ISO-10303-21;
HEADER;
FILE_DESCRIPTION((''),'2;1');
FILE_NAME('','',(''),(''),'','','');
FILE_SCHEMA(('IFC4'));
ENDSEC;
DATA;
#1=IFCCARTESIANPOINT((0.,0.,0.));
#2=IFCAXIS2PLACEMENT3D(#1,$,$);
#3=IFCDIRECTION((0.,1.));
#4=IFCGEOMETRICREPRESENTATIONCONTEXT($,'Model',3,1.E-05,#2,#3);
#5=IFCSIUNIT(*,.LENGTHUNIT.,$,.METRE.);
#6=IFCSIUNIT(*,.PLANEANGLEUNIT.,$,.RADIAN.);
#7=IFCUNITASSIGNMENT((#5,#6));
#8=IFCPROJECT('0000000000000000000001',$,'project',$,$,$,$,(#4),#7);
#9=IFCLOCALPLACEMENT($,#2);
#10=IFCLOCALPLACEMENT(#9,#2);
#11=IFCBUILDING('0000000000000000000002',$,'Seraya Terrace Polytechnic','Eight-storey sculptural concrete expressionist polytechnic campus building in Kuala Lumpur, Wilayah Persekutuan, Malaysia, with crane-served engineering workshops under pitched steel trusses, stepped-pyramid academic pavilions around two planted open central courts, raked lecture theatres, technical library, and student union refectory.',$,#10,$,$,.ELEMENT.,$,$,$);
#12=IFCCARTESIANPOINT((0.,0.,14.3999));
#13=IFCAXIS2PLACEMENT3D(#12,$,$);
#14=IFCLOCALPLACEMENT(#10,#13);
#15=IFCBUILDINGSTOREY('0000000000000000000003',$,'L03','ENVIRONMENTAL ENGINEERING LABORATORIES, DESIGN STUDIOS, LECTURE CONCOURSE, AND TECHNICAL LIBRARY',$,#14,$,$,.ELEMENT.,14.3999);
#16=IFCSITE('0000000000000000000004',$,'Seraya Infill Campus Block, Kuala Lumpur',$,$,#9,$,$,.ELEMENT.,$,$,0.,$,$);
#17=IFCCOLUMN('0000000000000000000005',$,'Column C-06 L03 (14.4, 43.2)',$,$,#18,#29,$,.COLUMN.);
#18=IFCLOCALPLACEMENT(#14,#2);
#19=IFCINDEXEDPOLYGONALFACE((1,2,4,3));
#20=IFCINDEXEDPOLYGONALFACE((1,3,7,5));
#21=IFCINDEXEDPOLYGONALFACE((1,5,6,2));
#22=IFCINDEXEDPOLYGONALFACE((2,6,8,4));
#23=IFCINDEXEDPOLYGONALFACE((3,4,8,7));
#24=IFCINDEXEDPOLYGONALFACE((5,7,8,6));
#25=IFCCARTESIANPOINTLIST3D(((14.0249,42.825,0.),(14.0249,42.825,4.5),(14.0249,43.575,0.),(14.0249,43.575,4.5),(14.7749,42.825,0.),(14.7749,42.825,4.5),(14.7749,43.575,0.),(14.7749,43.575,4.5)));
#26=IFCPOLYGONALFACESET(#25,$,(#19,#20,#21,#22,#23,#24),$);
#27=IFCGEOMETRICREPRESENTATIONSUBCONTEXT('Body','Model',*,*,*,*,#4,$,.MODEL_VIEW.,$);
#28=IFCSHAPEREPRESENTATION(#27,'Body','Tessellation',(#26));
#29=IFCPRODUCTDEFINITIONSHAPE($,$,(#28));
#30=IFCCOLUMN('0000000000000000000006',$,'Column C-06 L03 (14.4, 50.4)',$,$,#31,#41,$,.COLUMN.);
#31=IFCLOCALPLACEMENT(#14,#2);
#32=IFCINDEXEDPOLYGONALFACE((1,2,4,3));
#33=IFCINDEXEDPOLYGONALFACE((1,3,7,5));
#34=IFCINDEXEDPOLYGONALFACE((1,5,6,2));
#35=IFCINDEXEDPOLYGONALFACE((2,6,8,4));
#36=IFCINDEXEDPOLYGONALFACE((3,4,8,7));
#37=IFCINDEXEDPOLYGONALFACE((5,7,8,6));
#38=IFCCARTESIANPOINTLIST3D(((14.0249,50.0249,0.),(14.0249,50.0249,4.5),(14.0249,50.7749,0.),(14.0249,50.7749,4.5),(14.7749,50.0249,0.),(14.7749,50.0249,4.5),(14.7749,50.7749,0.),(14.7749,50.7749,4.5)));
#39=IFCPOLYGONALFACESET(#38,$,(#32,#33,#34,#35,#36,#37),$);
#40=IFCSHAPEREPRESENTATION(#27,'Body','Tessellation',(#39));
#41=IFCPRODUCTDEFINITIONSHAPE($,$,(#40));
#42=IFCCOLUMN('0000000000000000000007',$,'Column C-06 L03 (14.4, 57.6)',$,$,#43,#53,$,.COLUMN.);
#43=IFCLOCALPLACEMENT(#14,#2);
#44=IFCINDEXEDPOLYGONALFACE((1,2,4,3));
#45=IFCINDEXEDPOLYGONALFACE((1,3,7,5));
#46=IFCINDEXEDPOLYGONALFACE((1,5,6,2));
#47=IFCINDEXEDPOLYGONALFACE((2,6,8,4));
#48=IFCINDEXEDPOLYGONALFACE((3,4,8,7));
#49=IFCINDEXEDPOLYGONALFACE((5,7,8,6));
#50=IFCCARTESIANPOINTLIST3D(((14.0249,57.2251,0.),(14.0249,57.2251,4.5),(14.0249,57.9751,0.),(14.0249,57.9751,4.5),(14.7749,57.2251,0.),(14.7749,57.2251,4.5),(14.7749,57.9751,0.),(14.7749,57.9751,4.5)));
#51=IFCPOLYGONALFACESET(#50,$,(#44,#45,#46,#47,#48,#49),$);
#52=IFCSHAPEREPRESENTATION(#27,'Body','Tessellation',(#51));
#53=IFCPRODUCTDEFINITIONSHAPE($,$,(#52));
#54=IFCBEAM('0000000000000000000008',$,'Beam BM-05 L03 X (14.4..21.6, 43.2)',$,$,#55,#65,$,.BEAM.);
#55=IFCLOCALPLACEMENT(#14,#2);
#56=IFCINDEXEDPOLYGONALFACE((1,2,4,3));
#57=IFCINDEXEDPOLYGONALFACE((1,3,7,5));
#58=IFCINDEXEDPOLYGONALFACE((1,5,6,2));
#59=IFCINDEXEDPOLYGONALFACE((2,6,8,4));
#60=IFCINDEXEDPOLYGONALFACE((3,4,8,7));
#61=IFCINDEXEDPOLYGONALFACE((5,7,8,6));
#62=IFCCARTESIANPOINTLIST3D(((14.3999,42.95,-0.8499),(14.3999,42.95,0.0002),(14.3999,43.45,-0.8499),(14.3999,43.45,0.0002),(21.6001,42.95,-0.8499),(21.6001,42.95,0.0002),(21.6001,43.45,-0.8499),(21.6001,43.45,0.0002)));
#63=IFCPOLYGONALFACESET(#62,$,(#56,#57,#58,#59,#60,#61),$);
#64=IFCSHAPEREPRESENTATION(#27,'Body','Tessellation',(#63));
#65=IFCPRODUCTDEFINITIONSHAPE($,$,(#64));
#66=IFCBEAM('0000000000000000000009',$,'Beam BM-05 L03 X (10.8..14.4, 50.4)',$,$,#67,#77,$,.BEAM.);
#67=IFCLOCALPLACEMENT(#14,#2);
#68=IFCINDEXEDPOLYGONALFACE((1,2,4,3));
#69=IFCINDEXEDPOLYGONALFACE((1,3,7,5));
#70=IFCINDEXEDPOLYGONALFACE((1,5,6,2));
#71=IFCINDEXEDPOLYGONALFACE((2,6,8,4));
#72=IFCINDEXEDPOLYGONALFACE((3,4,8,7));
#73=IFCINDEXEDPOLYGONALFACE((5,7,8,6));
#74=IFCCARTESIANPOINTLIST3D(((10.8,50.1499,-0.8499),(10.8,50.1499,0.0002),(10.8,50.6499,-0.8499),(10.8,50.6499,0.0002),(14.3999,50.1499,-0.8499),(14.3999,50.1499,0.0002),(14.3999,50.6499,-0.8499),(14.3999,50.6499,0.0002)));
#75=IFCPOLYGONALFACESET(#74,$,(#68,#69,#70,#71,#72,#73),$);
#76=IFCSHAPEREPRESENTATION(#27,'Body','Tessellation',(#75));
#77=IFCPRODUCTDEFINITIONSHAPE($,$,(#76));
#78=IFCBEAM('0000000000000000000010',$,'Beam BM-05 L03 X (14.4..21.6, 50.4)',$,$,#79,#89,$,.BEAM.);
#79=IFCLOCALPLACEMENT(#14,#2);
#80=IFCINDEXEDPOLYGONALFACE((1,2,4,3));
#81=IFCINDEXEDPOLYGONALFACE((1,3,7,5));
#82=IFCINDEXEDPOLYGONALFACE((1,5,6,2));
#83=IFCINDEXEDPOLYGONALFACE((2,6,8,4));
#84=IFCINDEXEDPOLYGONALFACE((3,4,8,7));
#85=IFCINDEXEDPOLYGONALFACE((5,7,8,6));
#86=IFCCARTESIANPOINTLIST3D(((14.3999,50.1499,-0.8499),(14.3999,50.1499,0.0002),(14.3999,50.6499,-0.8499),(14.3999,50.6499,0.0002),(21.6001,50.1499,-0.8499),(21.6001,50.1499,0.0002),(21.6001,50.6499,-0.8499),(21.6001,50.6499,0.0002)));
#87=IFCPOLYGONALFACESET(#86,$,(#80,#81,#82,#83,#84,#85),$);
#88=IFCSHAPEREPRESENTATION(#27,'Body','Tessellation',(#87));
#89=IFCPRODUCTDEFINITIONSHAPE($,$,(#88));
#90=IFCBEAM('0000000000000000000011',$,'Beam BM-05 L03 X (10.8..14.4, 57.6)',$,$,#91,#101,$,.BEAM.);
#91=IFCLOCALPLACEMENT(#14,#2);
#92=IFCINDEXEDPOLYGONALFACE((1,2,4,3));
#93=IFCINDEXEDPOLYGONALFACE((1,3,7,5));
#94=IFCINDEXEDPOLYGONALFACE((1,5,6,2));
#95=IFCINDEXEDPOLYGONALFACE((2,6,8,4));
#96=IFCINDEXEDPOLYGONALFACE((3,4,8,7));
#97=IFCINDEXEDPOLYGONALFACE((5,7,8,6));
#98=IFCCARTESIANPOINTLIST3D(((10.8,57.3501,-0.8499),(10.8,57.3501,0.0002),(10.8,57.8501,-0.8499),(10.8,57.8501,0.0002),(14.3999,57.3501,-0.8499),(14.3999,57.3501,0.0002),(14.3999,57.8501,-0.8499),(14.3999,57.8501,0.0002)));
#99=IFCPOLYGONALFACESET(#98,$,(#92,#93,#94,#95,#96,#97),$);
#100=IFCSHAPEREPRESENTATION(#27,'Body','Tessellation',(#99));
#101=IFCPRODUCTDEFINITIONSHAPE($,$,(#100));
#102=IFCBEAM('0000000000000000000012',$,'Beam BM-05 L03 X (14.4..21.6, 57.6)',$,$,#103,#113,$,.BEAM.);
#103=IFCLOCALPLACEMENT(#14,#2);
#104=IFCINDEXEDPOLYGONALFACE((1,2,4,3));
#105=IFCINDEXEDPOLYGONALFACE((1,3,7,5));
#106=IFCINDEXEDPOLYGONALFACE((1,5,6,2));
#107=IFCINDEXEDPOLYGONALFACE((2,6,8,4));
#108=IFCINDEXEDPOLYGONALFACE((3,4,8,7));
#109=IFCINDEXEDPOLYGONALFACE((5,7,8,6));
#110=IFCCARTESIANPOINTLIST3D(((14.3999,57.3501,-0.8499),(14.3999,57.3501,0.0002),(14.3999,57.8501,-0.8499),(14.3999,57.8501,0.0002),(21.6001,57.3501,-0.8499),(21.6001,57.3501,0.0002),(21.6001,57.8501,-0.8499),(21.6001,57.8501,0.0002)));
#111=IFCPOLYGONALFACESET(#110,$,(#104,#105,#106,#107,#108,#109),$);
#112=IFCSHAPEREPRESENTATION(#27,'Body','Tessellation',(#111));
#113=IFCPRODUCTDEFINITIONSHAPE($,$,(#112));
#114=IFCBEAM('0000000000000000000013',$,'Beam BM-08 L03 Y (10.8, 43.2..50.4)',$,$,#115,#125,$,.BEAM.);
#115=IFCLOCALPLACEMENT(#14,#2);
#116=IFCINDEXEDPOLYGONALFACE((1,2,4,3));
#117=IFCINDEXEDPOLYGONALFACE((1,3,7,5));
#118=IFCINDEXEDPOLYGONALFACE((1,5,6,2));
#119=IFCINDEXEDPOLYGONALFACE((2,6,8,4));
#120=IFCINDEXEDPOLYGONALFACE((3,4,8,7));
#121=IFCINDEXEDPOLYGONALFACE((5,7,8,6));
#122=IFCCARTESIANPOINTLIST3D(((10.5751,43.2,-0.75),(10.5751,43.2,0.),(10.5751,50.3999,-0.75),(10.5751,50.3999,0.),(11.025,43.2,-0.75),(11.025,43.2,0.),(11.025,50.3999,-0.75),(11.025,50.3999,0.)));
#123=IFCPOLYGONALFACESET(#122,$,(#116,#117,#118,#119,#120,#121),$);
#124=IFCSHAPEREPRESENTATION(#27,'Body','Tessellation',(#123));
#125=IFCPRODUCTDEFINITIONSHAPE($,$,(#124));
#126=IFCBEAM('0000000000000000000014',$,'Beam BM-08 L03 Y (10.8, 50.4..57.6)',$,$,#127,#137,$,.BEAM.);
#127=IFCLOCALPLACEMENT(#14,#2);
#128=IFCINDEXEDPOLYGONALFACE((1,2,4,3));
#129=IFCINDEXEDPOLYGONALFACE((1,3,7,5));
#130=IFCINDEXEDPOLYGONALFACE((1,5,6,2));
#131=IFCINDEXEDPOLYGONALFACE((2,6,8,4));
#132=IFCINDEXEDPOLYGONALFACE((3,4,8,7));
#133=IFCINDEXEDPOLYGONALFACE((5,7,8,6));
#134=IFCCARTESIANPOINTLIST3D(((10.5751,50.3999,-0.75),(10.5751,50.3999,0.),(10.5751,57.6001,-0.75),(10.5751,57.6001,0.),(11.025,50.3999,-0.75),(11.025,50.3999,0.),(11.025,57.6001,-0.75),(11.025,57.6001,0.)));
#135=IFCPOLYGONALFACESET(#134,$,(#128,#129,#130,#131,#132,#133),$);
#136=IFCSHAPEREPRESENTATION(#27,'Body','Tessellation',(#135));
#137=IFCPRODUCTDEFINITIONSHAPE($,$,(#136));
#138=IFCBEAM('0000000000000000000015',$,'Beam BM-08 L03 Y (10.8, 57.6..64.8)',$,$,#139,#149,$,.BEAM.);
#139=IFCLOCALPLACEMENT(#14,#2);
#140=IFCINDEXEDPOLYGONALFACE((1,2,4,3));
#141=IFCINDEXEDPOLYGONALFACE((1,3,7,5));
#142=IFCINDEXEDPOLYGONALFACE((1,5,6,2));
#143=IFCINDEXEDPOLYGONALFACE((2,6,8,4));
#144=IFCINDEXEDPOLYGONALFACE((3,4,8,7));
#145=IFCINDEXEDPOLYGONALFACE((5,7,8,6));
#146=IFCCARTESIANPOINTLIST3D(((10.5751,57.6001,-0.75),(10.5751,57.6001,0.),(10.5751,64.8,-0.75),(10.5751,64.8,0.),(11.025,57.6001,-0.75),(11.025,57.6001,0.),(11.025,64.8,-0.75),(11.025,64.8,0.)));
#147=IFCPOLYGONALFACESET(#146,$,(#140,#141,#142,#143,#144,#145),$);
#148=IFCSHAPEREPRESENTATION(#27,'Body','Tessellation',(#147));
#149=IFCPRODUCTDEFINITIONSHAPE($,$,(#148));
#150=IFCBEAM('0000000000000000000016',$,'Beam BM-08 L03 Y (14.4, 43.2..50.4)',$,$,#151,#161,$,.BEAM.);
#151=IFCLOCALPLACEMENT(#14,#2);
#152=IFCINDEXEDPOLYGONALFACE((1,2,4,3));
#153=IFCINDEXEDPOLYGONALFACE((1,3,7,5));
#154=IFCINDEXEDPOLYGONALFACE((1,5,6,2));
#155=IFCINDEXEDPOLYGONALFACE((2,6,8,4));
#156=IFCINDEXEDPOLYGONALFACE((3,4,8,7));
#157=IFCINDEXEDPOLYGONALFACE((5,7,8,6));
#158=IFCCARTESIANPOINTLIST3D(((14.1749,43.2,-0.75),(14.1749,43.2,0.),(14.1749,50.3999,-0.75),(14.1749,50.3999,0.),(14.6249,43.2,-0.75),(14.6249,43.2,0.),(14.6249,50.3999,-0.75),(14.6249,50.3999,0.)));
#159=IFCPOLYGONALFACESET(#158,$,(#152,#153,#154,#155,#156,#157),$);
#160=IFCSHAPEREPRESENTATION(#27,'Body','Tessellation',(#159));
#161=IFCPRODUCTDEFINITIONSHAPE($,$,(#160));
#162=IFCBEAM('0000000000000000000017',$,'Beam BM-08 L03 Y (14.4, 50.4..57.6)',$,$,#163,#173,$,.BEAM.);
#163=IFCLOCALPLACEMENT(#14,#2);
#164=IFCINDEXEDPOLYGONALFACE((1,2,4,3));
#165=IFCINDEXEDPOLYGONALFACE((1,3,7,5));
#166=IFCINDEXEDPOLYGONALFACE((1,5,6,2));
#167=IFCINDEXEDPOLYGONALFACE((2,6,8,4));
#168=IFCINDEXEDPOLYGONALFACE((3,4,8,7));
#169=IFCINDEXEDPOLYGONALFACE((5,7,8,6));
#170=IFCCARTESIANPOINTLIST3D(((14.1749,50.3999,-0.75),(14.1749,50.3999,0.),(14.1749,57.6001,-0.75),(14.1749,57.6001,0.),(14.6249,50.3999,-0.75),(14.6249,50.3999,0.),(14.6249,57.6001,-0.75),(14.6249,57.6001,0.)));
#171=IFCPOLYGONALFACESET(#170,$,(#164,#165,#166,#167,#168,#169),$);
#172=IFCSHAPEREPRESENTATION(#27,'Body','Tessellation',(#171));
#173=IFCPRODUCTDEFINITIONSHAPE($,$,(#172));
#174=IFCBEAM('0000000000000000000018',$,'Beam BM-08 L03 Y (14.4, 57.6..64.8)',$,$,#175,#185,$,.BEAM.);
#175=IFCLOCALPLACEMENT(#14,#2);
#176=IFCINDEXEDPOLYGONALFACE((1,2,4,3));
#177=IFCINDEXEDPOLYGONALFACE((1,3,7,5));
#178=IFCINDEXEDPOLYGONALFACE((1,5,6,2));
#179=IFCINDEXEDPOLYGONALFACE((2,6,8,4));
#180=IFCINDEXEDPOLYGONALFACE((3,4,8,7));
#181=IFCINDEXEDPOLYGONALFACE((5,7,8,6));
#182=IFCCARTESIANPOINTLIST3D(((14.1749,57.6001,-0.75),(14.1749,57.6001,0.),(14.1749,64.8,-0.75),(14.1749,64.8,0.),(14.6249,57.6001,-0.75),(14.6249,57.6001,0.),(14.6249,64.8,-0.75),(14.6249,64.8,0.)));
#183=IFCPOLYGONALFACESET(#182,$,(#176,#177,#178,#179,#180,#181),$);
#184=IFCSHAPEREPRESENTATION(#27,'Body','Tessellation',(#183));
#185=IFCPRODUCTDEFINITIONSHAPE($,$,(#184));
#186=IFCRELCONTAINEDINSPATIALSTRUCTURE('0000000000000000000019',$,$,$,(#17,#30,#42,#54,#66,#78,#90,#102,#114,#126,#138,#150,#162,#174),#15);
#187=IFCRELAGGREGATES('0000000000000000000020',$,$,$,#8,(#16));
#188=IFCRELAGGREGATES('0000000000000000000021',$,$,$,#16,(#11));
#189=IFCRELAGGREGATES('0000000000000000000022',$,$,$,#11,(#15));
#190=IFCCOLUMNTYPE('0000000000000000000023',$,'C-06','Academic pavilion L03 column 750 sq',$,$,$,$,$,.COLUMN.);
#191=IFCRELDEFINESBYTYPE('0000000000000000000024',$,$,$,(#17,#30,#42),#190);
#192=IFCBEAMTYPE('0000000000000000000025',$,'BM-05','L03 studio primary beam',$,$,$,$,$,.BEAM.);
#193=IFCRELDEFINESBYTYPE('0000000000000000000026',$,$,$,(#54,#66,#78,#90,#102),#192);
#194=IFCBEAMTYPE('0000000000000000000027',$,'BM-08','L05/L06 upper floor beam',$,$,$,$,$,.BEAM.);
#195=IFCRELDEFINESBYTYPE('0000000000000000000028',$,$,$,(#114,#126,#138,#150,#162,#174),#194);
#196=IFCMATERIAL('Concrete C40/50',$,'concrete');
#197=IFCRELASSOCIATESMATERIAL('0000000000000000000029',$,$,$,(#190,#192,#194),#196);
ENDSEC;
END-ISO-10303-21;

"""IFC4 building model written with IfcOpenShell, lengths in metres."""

from ifc_helpers import new_model, si_unit, direction, frame, origin, origin_2d, place, context, subcontext, project, spatial, rectangle, extrude, material, material_profile, profile_set, type_object, element, save


model = new_model("IFC4")

# Units and contexts
model_context = context("Model", 3, precision=1e-05, world=origin(), true_north=direction((0.0, 1.0)))
body_context = subcontext(model_context, "Body", "Model", "MODEL_VIEW")
ifc_project = project(units=[si_unit("LENGTHUNIT", "METRE"), si_unit("PLANEANGLEUNIT", "RADIAN")], contexts=[model_context])

# Site, building, storey
site_placement = place(None, origin())
site = spatial("IfcSite", under=ifc_project, at=site_placement, Name="Seraya Infill Campus Block, Kuala Lumpur", CompositionType="ELEMENT", RefElevation=0.0)
building_placement = place(site_placement, origin())
building = spatial("IfcBuilding", under=site, at=building_placement, Name="Seraya Terrace Polytechnic", Description="Eight-storey sculptural concrete expressionist polytechnic campus building in Kuala Lumpur, Wilayah Persekutuan, Malaysia, with crane-served engineering workshops under pitched steel trusses, stepped-pyramid academic pavilions around two planted open central courts, raked lecture theatres, technical library, and student union refectory.", CompositionType="ELEMENT")
storey_placement = place(building_placement, frame((0.0, 0.0, 14.3999)))
storey = spatial("IfcBuildingStorey", under=building, at=storey_placement, Name="L03", Description="ENVIRONMENTAL ENGINEERING LABORATORIES, DESIGN STUDIOS, LECTURE CONCOURSE, AND TECHNICAL LIBRARY", CompositionType="ELEMENT", Elevation=14.3999)

# Columns
ifc_material_1 = material(Name="Concrete C40/50", Category="concrete")
ifc_material_profile_1 = material_profile(ifc_material_1, rectangle(XDim=0.75, YDim=0.75, at=origin_2d()), Name="RC 750x750")
ifc_profile_set_1 = profile_set([ifc_material_profile_1], Name="Concrete C40/50")
column_type = type_object("IfcColumnType", Name="C-06", Description="Academic pavilion L03 column 750 sq", PredefinedType="COLUMN", material=ifc_profile_set_1)
for number, where, z_axis, x_axis, name in (
    (1, (14.3999, 43.2, 0.0), (0.0, 0.0, 1.0), (1.0, 0.0, 0.0), "Column C-06 L03 (14.4, 43.2)"),
    (2, (14.3999, 50.3999, 0.0), (0.0, 0.0, 1.0), (1.0, 0.0, 0.0), "Column C-06 L03 (14.4, 50.4)"),
    (3, (14.3999, 57.6001, 0.0), (0.0, 0.0, 1.0), (1.0, 0.0, 0.0), "Column C-06 L03 (14.4, 57.6)"),
):
    element("IfcColumn", number, at=place(storey_placement, frame(where, z_axis=z_axis, x_axis=x_axis)), inside=storey, type_object=column_type, Name=name, PredefinedType="COLUMN", context=body_context, shape_type="SweptSolid", body=[
        extrude(rectangle(XDim=0.75, YDim=0.75, at=origin_2d()), origin(), (0.0, 0.0, 1.0), 4.5),
    ])

# Beams
ifc_material_profile_2 = material_profile(ifc_material_1, rectangle(XDim=0.5, YDim=0.8501, at=origin_2d()), Name="RC 500x850")
ifc_profile_set_2 = profile_set([ifc_material_profile_2], Name="Concrete C40/50")
beam_type_1 = type_object("IfcBeamType", Name="BM-05", Description="L03 studio primary beam", PredefinedType="BEAM", material=ifc_profile_set_2)
beam_1_placement = place(storey_placement, frame((14.3999, 43.2, -0.4248), z_axis=(1.0, 0.0, 0.0), x_axis=(0.0, 1.0, 0.0)))
element("IfcBeam", 4, at=beam_1_placement, inside=storey, type_object=beam_type_1, Name="Beam BM-05 L03 X (14.4..21.6, 43.2)", PredefinedType="BEAM", context=body_context, shape_type="SweptSolid", body=[
    extrude(rectangle(XDim=0.5, YDim=0.8501, at=origin_2d()), origin(), (0.0, 0.0, 1.0), 7.2002),
])
beam_2_placement = place(storey_placement, frame((10.8, 50.3999, -0.4248), z_axis=(1.0, 0.0, 0.0), x_axis=(0.0, 1.0, 0.0)))
element("IfcBeam", 5, at=beam_2_placement, inside=storey, type_object=beam_type_1, Name="Beam BM-05 L03 X (10.8..14.4, 50.4)", PredefinedType="BEAM", context=body_context, shape_type="SweptSolid", body=[
    extrude(rectangle(XDim=0.5, YDim=0.8501, at=origin_2d()), origin(), (0.0, 0.0, 1.0), 3.5999),
])
beam_3_placement = place(storey_placement, frame((14.3999, 50.3999, -0.4248), z_axis=(1.0, 0.0, 0.0), x_axis=(0.0, 1.0, 0.0)))
element("IfcBeam", 6, at=beam_3_placement, inside=storey, type_object=beam_type_1, Name="Beam BM-05 L03 X (14.4..21.6, 50.4)", PredefinedType="BEAM", context=body_context, shape_type="SweptSolid", body=[
    extrude(rectangle(XDim=0.5, YDim=0.8501, at=origin_2d()), origin(), (0.0, 0.0, 1.0), 7.2002),
])
beam_4_placement = place(storey_placement, frame((10.8, 57.6001, -0.4248), z_axis=(1.0, 0.0, 0.0), x_axis=(0.0, 1.0, 0.0)))
element("IfcBeam", 7, at=beam_4_placement, inside=storey, type_object=beam_type_1, Name="Beam BM-05 L03 X (10.8..14.4, 57.6)", PredefinedType="BEAM", context=body_context, shape_type="SweptSolid", body=[
    extrude(rectangle(XDim=0.5, YDim=0.8501, at=origin_2d()), origin(), (0.0, 0.0, 1.0), 3.5999),
])
beam_5_placement = place(storey_placement, frame((14.3999, 57.6001, -0.4248), z_axis=(1.0, 0.0, 0.0), x_axis=(0.0, 1.0, 0.0)))
element("IfcBeam", 8, at=beam_5_placement, inside=storey, type_object=beam_type_1, Name="Beam BM-05 L03 X (14.4..21.6, 57.6)", PredefinedType="BEAM", context=body_context, shape_type="SweptSolid", body=[
    extrude(rectangle(XDim=0.5, YDim=0.8501, at=origin_2d()), origin(), (0.0, 0.0, 1.0), 7.2002),
])
ifc_material_profile_3 = material_profile(ifc_material_1, rectangle(XDim=0.45, YDim=0.75, at=origin_2d()), Name="RC 450x750")
ifc_profile_set_3 = profile_set([ifc_material_profile_3], Name="Concrete C40/50")
beam_type_2 = type_object("IfcBeamType", Name="BM-08", Description="L05/L06 upper floor beam", PredefinedType="BEAM", material=ifc_profile_set_3)
beam_6_placement = place(storey_placement, frame((10.8, 43.2, -0.375), z_axis=(0.0, 1.0, 0.0), x_axis=(-1.0, 0.0, 0.0)))
element("IfcBeam", 9, at=beam_6_placement, inside=storey, type_object=beam_type_2, Name="Beam BM-08 L03 Y (10.8, 43.2..50.4)", PredefinedType="BEAM", context=body_context, shape_type="SweptSolid", body=[
    extrude(rectangle(XDim=0.45, YDim=0.75, at=origin_2d()), origin(), (0.0, 0.0, 1.0), 7.2),
])
beam_7_placement = place(storey_placement, frame((10.8, 50.3999, -0.375), z_axis=(0.0, 1.0, 0.0), x_axis=(-1.0, 0.0, 0.0)))
element("IfcBeam", 10, at=beam_7_placement, inside=storey, type_object=beam_type_2, Name="Beam BM-08 L03 Y (10.8, 50.4..57.6)", PredefinedType="BEAM", context=body_context, shape_type="SweptSolid", body=[
    extrude(rectangle(XDim=0.45, YDim=0.75, at=origin_2d()), origin(), (0.0, 0.0, 1.0), 7.2002),
])
for number, where, z_axis, x_axis, name in (
    (11, (10.8, 57.6001, -0.375), (0.0, 1.0, 0.0), (-1.0, 0.0, 0.0), "Beam BM-08 L03 Y (10.8, 57.6..64.8)"),
    (12, (14.3999, 43.2, -0.375), (0.0, 1.0, 0.0), (-1.0, 0.0, 0.0), "Beam BM-08 L03 Y (14.4, 43.2..50.4)"),
):
    element("IfcBeam", number, at=place(storey_placement, frame(where, z_axis=z_axis, x_axis=x_axis)), inside=storey, type_object=beam_type_2, Name=name, PredefinedType="BEAM", context=body_context, shape_type="SweptSolid", body=[
        extrude(rectangle(XDim=0.45, YDim=0.75, at=origin_2d()), origin(), (0.0, 0.0, 1.0), 7.2),
    ])
beam_8_placement = place(storey_placement, frame((14.3999, 50.3999, -0.375), z_axis=(0.0, 1.0, 0.0), x_axis=(-1.0, 0.0, 0.0)))
element("IfcBeam", 13, at=beam_8_placement, inside=storey, type_object=beam_type_2, Name="Beam BM-08 L03 Y (14.4, 50.4..57.6)", PredefinedType="BEAM", context=body_context, shape_type="SweptSolid", body=[
    extrude(rectangle(XDim=0.45, YDim=0.75, at=origin_2d()), origin(), (0.0, 0.0, 1.0), 7.2002),
])
beam_9_placement = place(storey_placement, frame((14.3999, 57.6001, -0.375), z_axis=(0.0, 1.0, 0.0), x_axis=(-1.0, 0.0, 0.0)))
element("IfcBeam", 14, at=beam_9_placement, inside=storey, type_object=beam_type_2, Name="Beam BM-08 L03 Y (14.4, 57.6..64.8)", PredefinedType="BEAM", context=body_context, shape_type="SweptSolid", body=[
    extrude(rectangle(XDim=0.45, YDim=0.75, at=origin_2d()), origin(), (0.0, 0.0, 1.0), 7.2),
])

save(model, "model.ifc")
